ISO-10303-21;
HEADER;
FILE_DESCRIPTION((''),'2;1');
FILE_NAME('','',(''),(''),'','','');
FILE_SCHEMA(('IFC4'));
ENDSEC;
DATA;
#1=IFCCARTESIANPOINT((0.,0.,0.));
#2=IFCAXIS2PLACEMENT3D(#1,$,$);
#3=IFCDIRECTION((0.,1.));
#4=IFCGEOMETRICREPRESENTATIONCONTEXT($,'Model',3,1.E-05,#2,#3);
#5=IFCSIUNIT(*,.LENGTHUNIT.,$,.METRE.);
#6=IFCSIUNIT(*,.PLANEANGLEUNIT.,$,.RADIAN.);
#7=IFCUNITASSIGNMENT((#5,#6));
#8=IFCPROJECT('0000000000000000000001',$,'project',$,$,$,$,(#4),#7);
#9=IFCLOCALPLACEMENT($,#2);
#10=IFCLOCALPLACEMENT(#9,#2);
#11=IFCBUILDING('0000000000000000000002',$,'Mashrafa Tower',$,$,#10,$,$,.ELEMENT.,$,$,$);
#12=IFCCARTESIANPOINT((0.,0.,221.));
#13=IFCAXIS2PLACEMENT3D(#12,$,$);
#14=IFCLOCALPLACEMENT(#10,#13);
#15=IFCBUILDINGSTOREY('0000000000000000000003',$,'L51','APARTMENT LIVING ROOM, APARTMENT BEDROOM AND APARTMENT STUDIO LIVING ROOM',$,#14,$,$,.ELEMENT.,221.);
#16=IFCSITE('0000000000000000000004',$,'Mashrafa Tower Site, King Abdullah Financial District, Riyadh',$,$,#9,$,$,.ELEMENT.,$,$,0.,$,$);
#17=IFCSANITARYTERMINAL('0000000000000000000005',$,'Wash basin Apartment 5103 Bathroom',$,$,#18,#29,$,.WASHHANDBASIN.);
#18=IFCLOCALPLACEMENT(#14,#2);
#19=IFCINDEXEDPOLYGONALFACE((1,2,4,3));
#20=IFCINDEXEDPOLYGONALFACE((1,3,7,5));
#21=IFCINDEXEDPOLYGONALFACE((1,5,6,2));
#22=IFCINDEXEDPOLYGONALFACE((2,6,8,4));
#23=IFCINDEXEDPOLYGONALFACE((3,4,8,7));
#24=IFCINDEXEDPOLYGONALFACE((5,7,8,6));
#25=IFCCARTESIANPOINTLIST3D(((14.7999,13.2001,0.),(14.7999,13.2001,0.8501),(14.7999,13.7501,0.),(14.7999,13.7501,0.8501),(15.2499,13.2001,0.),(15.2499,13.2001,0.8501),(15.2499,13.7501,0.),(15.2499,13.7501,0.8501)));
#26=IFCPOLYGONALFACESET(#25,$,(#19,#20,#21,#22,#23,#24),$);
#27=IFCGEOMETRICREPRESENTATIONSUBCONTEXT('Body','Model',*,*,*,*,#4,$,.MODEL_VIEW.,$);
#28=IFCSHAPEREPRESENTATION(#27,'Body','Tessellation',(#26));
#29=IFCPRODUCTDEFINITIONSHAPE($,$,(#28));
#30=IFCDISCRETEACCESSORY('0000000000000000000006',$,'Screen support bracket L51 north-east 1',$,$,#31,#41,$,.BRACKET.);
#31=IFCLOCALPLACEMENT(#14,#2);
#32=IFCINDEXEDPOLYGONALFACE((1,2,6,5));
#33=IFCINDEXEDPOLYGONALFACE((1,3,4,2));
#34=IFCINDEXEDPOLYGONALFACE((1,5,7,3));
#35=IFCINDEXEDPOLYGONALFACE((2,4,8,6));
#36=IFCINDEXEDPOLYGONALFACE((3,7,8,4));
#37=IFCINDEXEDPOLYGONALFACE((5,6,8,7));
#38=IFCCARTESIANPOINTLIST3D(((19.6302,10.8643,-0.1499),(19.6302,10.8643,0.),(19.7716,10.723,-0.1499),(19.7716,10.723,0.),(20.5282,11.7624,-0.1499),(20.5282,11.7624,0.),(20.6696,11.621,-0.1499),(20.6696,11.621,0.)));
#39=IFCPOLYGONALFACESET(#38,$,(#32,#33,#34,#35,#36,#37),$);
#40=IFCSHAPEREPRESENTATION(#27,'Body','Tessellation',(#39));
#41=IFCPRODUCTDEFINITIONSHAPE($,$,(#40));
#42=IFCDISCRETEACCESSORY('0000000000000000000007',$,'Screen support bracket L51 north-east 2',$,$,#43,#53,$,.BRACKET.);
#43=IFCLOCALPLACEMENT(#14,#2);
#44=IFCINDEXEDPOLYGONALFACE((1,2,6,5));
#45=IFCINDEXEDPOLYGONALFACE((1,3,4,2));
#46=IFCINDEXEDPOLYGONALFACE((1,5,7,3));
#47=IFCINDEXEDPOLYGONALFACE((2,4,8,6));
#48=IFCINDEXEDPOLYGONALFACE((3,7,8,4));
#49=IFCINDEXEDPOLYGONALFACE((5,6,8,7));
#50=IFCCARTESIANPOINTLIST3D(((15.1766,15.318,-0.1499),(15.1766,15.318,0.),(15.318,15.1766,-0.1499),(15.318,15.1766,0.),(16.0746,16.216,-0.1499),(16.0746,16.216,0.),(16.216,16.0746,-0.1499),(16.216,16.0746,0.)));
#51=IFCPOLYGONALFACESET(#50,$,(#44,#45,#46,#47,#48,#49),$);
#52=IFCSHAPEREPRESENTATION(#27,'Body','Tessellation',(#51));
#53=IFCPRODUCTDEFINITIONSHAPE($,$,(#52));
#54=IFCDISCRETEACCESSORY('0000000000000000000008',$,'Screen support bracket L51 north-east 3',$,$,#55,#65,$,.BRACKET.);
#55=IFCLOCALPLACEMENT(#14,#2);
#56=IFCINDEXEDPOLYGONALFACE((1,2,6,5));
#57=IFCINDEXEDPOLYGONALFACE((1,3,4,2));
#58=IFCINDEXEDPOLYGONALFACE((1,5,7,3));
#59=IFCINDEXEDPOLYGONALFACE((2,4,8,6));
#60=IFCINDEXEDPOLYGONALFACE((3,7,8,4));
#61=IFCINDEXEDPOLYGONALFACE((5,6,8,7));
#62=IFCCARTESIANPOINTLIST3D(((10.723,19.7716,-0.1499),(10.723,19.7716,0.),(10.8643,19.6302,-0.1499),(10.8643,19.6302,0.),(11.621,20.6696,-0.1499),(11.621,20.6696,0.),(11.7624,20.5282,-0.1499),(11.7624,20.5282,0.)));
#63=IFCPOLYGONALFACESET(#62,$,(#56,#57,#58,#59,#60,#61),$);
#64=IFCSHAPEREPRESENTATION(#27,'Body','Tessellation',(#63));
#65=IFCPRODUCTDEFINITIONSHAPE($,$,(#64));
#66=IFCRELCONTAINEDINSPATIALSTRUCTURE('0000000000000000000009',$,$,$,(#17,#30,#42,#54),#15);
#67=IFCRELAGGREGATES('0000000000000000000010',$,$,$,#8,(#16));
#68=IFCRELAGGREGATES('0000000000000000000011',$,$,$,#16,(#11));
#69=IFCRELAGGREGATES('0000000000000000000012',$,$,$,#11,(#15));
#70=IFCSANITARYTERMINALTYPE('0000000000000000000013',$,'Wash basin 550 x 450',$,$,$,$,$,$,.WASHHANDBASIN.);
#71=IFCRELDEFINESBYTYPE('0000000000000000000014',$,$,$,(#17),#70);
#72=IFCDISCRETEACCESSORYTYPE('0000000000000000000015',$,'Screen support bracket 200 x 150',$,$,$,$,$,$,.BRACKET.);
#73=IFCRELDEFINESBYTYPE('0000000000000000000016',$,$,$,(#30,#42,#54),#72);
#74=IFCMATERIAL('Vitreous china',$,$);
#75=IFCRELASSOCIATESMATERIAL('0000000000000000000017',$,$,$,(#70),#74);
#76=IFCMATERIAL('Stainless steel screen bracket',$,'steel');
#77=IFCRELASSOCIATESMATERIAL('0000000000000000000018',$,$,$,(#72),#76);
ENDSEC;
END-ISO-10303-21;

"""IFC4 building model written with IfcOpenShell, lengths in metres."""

from ifc_helpers import new_model, si_unit, direction, frame, origin, origin_2d, place, context, subcontext, project, spatial, rectangle, extrude, source, transform, mapped, material, type_object, type_shapes, element, save


model = new_model("IFC4")

# Units and contexts
model_context = context("Model", 3, precision=1e-05, world=origin(), true_north=direction((0.0, 1.0)))
body_context = subcontext(model_context, "Body", "Model", "MODEL_VIEW")
ifc_project = project(units=[si_unit("LENGTHUNIT", "METRE"), si_unit("PLANEANGLEUNIT", "RADIAN")], contexts=[model_context])

# Site, building, storey
site_placement = place(None, origin())
site = spatial("IfcSite", under=ifc_project, at=site_placement, Name="Mashrafa Tower Site, King Abdullah Financial District, Riyadh", CompositionType="ELEMENT", RefElevation=0.0)
building_placement = place(site_placement, origin())
building = spatial("IfcBuilding", under=site, at=building_placement, Name="Mashrafa Tower", CompositionType="ELEMENT")
storey_placement = place(building_placement, frame((0.0, 0.0, 221.0)))
storey = spatial("IfcBuildingStorey", under=building, at=storey_placement, Name="L51", Description="APARTMENT LIVING ROOM, APARTMENT BEDROOM AND APARTMENT STUDIO LIVING ROOM", CompositionType="ELEMENT", Elevation=221.0)

# Sanitary terminal
ifc_material_1 = material(Name="Vitreous china")
sanitary_terminal_type_1 = type_object("IfcSanitaryTerminalType", Name="Wash basin 550 x 450", PredefinedType="WASHHANDBASIN", material=ifc_material_1)
sanitary_terminal_1_placement = place(storey_placement, frame((15.0249, 13.4751, 0.0), z_axis=(0.0, 0.0, 1.0), x_axis=(0.0, 1.0, 0.0)))
element("IfcSanitaryTerminal", 1, at=sanitary_terminal_1_placement, inside=storey, type_object=sanitary_terminal_type_1, Name="Wash basin Apartment 5103 Bathroom", PredefinedType="WASHHANDBASIN", context=body_context, shape_type="SweptSolid", body=[
    extrude(rectangle(XDim=0.55, YDim=0.45, at=origin_2d()), origin(), (0.0, 0.0, 1.0), 0.8501),
])

# Discrete accessories
ifc_material_2 = material(Name="Stainless steel screen bracket", Category="steel")
discrete_accessory_type = type_object("IfcDiscreteAccessoryType", Name="Screen support bracket 200 x 150", PredefinedType="BRACKET", material=ifc_material_2)
shared_shape_1 = source(origin(), body_context, "Body", "SweptSolid", [
    extrude(rectangle(XDim=0.2, YDim=1.27, at=origin_2d()), origin(), (0.0, 0.0, 1.0), 0.1499),
])
type_shapes(discrete_accessory_type, [shared_shape_1])
for number, where, z_axis, x_axis, name in (
    (2, (20.1499, 11.2427, -0.1499), (0.0, 0.0, 1.0), (-0.707107, 0.707107, 0.0), "Screen support bracket L51 north-east 1"),
    (3, (15.6963, 15.6963, -0.1499), (0.0, 0.0, 1.0), (-0.707107, 0.707107, 0.0), "Screen support bracket L51 north-east 2"),
    (4, (11.2427, 20.1499, -0.1499), (0.0, 0.0, 1.0), (-0.707107, 0.707107, 0.0), "Screen support bracket L51 north-east 3"),
):
    element("IfcDiscreteAccessory", number, at=place(storey_placement, frame(where, z_axis=z_axis, x_axis=x_axis)), inside=storey, type_object=discrete_accessory_type, Name=name, PredefinedType="BRACKET", context=body_context, shape_type="MappedRepresentation", body=[
        mapped(shared_shape_1, transform((0.0, 0.0, 0.0))),
    ])

save(model, "model.ifc")
